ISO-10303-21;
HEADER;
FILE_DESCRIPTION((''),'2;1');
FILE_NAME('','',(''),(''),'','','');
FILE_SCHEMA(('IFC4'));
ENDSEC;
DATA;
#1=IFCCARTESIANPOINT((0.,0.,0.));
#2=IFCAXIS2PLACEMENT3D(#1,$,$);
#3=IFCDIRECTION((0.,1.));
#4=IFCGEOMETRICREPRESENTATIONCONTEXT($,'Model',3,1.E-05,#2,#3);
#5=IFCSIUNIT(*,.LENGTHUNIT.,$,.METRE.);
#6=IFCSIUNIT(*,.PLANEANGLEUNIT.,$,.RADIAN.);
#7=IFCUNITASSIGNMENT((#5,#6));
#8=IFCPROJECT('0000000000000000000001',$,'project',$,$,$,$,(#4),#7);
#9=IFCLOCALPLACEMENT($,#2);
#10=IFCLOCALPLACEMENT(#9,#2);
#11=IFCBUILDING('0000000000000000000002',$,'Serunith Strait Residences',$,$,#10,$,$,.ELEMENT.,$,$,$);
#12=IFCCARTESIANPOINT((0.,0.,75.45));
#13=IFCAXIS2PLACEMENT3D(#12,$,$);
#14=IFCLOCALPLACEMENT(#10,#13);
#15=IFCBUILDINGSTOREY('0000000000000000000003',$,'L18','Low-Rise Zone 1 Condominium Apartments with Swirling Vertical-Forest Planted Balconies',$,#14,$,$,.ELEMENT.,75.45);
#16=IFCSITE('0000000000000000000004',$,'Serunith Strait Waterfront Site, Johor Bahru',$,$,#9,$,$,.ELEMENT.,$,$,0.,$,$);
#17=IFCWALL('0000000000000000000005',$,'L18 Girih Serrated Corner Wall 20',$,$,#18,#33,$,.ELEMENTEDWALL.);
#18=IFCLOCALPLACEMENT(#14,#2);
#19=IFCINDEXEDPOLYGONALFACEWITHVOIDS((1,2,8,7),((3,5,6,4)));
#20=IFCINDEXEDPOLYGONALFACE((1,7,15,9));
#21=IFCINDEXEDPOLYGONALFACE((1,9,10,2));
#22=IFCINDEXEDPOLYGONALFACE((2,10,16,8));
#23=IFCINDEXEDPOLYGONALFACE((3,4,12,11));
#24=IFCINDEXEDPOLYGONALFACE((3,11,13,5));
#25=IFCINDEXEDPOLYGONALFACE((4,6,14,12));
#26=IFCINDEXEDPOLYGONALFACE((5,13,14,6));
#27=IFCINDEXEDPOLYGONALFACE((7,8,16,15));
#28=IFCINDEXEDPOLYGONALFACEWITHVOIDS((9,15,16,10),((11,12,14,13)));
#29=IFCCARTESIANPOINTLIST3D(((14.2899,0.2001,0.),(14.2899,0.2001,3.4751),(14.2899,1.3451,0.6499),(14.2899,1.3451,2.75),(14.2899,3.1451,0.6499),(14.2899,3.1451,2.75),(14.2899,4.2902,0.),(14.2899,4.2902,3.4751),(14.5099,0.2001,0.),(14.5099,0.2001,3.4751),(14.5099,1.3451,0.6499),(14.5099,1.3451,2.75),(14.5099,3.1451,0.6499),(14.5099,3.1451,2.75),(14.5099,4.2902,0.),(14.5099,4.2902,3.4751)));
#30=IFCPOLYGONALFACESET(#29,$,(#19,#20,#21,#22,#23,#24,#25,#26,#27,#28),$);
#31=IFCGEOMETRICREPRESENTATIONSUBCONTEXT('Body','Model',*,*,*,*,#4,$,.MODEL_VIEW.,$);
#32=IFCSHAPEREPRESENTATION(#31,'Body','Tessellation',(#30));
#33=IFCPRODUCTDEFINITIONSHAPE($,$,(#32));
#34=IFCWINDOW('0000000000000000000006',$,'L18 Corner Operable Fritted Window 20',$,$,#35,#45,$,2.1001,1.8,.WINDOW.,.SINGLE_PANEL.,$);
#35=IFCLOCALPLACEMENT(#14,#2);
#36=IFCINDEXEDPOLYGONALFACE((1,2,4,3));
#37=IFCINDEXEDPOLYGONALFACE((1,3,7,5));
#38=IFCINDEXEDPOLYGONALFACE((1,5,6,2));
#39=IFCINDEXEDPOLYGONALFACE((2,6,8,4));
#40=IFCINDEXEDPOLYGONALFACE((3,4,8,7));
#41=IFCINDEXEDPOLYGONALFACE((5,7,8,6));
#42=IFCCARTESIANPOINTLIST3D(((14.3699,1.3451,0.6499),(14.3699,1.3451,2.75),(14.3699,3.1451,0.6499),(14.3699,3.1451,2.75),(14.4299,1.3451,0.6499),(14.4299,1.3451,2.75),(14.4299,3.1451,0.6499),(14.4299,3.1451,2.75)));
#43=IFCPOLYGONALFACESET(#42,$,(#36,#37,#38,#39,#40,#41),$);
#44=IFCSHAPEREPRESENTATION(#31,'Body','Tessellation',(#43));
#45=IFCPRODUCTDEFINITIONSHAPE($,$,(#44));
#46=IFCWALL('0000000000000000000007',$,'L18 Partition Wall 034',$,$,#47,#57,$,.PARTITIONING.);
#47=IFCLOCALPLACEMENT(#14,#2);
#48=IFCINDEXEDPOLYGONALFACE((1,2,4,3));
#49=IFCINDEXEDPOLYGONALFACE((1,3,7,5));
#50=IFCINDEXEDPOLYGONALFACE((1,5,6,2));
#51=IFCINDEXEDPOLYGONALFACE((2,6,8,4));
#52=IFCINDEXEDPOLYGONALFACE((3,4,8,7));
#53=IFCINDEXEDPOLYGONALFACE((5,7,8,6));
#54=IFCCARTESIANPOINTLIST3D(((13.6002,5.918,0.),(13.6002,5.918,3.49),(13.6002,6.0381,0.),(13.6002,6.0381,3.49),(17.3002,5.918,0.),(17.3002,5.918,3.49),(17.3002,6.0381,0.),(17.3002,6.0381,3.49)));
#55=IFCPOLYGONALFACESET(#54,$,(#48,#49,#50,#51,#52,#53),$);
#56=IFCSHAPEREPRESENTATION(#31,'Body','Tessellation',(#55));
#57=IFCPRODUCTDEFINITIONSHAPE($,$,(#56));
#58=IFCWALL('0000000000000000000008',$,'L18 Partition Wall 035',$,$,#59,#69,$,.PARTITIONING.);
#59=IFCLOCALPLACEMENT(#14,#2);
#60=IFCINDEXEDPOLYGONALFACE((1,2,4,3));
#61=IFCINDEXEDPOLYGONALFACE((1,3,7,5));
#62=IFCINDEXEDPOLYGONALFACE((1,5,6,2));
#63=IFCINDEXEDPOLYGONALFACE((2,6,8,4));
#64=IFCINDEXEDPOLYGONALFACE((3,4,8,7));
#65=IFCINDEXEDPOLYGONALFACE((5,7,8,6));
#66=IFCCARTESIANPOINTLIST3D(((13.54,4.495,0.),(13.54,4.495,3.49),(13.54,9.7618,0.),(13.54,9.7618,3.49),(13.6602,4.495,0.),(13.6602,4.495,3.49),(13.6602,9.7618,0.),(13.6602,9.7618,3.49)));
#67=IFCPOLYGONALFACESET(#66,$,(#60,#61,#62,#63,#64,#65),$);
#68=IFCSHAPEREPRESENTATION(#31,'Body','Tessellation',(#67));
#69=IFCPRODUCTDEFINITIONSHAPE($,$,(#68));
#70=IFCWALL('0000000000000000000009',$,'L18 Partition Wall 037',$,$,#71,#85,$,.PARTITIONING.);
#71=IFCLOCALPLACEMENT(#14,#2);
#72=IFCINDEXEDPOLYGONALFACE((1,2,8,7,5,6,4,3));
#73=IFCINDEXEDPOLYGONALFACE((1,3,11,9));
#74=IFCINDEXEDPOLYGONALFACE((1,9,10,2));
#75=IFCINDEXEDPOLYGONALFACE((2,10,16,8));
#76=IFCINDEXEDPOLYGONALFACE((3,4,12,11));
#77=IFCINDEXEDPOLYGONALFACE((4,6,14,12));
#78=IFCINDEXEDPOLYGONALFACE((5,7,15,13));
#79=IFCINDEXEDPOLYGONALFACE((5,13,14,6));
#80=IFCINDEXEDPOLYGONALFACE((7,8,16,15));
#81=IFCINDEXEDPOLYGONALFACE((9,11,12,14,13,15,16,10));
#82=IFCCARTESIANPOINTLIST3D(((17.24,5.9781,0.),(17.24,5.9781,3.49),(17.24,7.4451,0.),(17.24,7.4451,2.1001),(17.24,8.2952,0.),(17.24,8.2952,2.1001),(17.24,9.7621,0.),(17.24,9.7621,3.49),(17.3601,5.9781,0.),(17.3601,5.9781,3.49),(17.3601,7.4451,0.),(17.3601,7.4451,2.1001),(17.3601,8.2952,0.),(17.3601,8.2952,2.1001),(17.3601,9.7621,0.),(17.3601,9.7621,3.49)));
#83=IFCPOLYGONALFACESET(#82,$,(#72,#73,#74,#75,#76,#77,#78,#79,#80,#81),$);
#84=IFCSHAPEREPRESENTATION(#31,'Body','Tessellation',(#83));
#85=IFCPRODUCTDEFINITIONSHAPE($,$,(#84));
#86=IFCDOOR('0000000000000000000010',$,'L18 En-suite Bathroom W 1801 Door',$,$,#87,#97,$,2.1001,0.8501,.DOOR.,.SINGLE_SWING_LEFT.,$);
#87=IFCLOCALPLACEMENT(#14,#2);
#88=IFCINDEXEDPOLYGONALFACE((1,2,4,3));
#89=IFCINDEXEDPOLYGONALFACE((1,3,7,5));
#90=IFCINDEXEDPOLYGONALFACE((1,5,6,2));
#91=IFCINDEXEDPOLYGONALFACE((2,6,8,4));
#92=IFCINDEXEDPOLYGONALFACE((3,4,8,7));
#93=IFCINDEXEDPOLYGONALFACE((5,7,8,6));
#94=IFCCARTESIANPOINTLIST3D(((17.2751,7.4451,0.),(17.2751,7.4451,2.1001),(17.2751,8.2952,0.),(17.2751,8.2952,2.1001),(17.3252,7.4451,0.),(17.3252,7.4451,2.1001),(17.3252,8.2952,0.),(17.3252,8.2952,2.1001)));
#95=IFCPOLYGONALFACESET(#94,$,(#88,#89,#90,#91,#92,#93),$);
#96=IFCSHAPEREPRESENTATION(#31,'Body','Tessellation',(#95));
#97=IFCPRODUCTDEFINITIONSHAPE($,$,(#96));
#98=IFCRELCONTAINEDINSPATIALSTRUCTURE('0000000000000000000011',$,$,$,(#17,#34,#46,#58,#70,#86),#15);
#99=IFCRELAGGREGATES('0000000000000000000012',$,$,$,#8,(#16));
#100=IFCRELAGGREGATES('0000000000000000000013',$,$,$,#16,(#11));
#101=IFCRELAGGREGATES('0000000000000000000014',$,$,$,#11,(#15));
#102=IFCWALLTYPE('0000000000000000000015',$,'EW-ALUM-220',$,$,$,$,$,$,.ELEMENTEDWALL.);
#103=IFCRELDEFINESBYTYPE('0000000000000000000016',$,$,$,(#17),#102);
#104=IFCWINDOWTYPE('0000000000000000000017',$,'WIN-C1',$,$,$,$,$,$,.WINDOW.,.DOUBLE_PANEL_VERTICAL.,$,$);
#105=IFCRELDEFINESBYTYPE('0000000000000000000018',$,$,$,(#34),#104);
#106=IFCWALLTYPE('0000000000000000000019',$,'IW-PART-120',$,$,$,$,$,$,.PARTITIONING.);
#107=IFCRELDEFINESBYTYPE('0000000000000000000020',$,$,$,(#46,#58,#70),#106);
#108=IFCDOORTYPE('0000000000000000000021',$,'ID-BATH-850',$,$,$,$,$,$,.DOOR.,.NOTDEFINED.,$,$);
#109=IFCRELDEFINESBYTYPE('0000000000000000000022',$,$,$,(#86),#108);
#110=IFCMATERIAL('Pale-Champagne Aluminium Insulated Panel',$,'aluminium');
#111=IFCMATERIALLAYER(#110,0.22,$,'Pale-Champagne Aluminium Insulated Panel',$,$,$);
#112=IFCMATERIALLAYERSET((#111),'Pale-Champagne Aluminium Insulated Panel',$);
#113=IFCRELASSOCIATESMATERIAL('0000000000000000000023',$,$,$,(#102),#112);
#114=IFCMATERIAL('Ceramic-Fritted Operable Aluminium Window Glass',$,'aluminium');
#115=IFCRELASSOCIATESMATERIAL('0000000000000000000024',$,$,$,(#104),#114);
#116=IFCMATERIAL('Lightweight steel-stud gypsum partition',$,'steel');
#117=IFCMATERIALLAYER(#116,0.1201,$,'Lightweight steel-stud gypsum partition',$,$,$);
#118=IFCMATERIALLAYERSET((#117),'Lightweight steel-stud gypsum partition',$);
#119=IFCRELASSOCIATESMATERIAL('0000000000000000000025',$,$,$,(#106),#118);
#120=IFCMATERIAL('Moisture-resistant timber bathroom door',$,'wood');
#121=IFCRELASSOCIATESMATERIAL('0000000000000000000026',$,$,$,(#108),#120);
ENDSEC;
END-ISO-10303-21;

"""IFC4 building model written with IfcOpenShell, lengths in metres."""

from ifc_helpers import new_model, si_unit, direction, frame, frame_2d, origin, place, context, subcontext, project, spatial, rectangle, extrude, source, transform, mapped, material, layer, layer_set, type_object, element, fill, save


model = new_model("IFC4")

# Units and contexts
model_context = context("Model", 3, precision=1e-05, world=origin(), true_north=direction((0.0, 1.0)))
body_context = subcontext(model_context, "Body", "Model", "MODEL_VIEW")
ifc_project = project(units=[si_unit("LENGTHUNIT", "METRE"), si_unit("PLANEANGLEUNIT", "RADIAN")], contexts=[model_context])

# Site, building, storey
site_placement = place(None, origin())
site = spatial("IfcSite", under=ifc_project, at=site_placement, Name="Serunith Strait Waterfront Site, Johor Bahru", CompositionType="ELEMENT", RefElevation=0.0)
building_placement = place(site_placement, origin())
building = spatial("IfcBuilding", under=site, at=building_placement, Name="Serunith Strait Residences", CompositionType="ELEMENT")
storey_placement = place(building_placement, frame((0.0, 0.0, 75.45)))
storey = spatial("IfcBuildingStorey", under=building, at=storey_placement, Name="L18", Description="Low-Rise Zone 1 Condominium Apartments with Swirling Vertical-Forest Planted Balconies", CompositionType="ELEMENT", Elevation=75.45)

# Wall, opening, window
ifc_material_1 = material(Name="Pale-Champagne Aluminium Insulated Panel", Category="aluminium")
ifc_layer_1 = layer(ifc_material_1, 0.22, Name="Pale-Champagne Aluminium Insulated Panel")
ifc_layer_set_1 = layer_set([ifc_layer_1], Name="Pale-Champagne Aluminium Insulated Panel")
wall_type_1 = type_object("IfcWallType", Name="EW-ALUM-220", PredefinedType="ELEMENTEDWALL", material=ifc_layer_set_1)
ifc_material_2 = material(Name="Ceramic-Fritted Operable Aluminium Window Glass", Category="aluminium")
window_type = type_object("IfcWindowType", Name="WIN-C1", PartitioningType="DOUBLE_PANEL_VERTICAL", PredefinedType="WINDOW", material=ifc_material_2)
shared_shape_1 = source(origin(), body_context, "Body", "SweptSolid", [
    extrude(rectangle(XDim=1.8, YDim=2.1001, at=frame_2d((0.8999, 1.05))), frame((0.0, 0.03, 0.0), z_axis=(0.0, -1.0, 0.0), x_axis=(1.0, 0.0, 0.0)), (0.0, 0.0, 1.0), 0.0601),
])
wall_1_placement = place(storey_placement, frame((14.3999, 4.29, 0.0), z_axis=(0.0, 0.0, 1.0), x_axis=(0.0, -1.0, 0.0)))
wall_1 = element("IfcWall", 1, at=wall_1_placement, inside=storey, type_object=wall_type_1, Name="L18 Girih Serrated Corner Wall 20", PredefinedType="ELEMENTEDWALL", context=body_context, shape_type="SweptSolid", body=[
    extrude(rectangle(XDim=4.0901, YDim=0.22, at=frame_2d((2.0449, 0.0))), origin(), (0.0, 0.0, 1.0), 3.4751),
])
opening_1_placement = place(wall_1_placement, frame((1.145, 0.0, 0.6499)))
opening_1 = element("IfcOpeningElement", 2, at=opening_1_placement, cuts=wall_1, PredefinedType="OPENING", context=body_context, shape_type="SweptSolid", body=[
    extrude(rectangle(XDim=1.8, YDim=2.1001, at=frame_2d((0.8999, 1.05))), frame((0.0, 0.1201, 0.0), z_axis=(0.0, -1.0, 0.0), x_axis=(1.0, 0.0, 0.0)), (0.0, 0.0, 1.0), 0.24),
])
window_1_placement = place(opening_1_placement, origin())
window_1 = element("IfcWindow", 3, at=window_1_placement, inside=storey, type_object=window_type, Name="L18 Corner Operable Fritted Window 20", OverallHeight=2.1001, OverallWidth=1.8, PartitioningType="SINGLE_PANEL", PredefinedType="WINDOW", context=body_context, shape_type="MappedRepresentation", body=[
    mapped(shared_shape_1, transform((0.0, 0.0, 0.0), scale=1.0)),
])
fill(opening_1, window_1)

# Walls
ifc_material_3 = material(Name="Lightweight steel-stud gypsum partition", Category="steel")
ifc_layer_2 = layer(ifc_material_3, 0.1201, Name="Lightweight steel-stud gypsum partition")
ifc_layer_set_2 = layer_set([ifc_layer_2], Name="Lightweight steel-stud gypsum partition")
wall_type_2 = type_object("IfcWallType", Name="IW-PART-120", PredefinedType="PARTITIONING", material=ifc_layer_set_2)
wall_2_placement = place(storey_placement, frame((13.6001, 5.978, 0.0), z_axis=(0.0, 0.0, 1.0), x_axis=(1.0, 0.0, 0.0)))
element("IfcWall", 4, at=wall_2_placement, inside=storey, type_object=wall_type_2, Name="L18 Partition Wall 034", PredefinedType="PARTITIONING", context=body_context, shape_type="SweptSolid", body=[
    extrude(rectangle(XDim=3.7, YDim=0.1201, at=frame_2d((1.8501, 0.0))), origin(), (0.0, 0.0, 1.0), 3.49),
])
wall_3_placement = place(storey_placement, frame((13.6001, 4.4951, 0.0), z_axis=(0.0, 0.0, 1.0), x_axis=(0.0, 1.0, 0.0)))
element("IfcWall", 5, at=wall_3_placement, inside=storey, type_object=wall_type_2, Name="L18 Partition Wall 035", PredefinedType="PARTITIONING", context=body_context, shape_type="SweptSolid", body=[
    extrude(rectangle(XDim=5.2668, YDim=0.1201, at=frame_2d((2.6333, 0.0))), origin(), (0.0, 0.0, 1.0), 3.49),
])

# Wall, opening, door
wall_4_placement = place(storey_placement, frame((17.3, 5.978, 0.0), z_axis=(0.0, 0.0, 1.0), x_axis=(0.0, 1.0, 0.0)))
wall_4 = element("IfcWall", 6, at=wall_4_placement, inside=storey, type_object=wall_type_2, Name="L18 Partition Wall 037", PredefinedType="PARTITIONING", context=body_context, shape_type="SweptSolid", body=[
    extrude(rectangle(XDim=3.7839, YDim=0.1201, at=frame_2d((1.8921, 0.0))), origin(), (0.0, 0.0, 1.0), 3.49),
])
opening_2_placement = place(wall_4_placement, frame((1.467, 0.0, 0.0)))
opening_2 = element("IfcOpeningElement", 7, at=opening_2_placement, cuts=wall_4, PredefinedType="OPENING", context=body_context, shape_type="SweptSolid", body=[
    extrude(rectangle(XDim=0.8501, YDim=2.1001, at=frame_2d((0.425, 1.05))), frame((0.0, 0.0701, 0.0), z_axis=(0.0, -1.0, 0.0), x_axis=(1.0, 0.0, 0.0)), (0.0, 0.0, 1.0), 0.1401),
])
ifc_material_4 = material(Name="Moisture-resistant timber bathroom door", Category="wood")
door_type = type_object("IfcDoorType", Name="ID-BATH-850", OperationType="NOTDEFINED", PredefinedType="DOOR", material=ifc_material_4)
shared_shape_2 = source(origin(), body_context, "Body", "SweptSolid", [
    extrude(rectangle(XDim=0.8501, YDim=2.1001, at=frame_2d((0.425, 1.05))), frame((0.0, 0.0249, 0.0), z_axis=(0.0, -1.0, 0.0), x_axis=(1.0, 0.0, 0.0)), (0.0, 0.0, 1.0), 0.05),
])
door_placement = place(opening_2_placement, origin())
door = element("IfcDoor", 8, at=door_placement, inside=storey, type_object=door_type, Name="L18 En-suite Bathroom W 1801 Door", OperationType="SINGLE_SWING_LEFT", OverallHeight=2.1001, OverallWidth=0.8501, PredefinedType="DOOR", context=body_context, shape_type="MappedRepresentation", body=[
    mapped(shared_shape_2, transform((0.0, 0.0, 0.0), scale=1.0)),
])
fill(opening_2, door)

save(model, "model.ifc")
